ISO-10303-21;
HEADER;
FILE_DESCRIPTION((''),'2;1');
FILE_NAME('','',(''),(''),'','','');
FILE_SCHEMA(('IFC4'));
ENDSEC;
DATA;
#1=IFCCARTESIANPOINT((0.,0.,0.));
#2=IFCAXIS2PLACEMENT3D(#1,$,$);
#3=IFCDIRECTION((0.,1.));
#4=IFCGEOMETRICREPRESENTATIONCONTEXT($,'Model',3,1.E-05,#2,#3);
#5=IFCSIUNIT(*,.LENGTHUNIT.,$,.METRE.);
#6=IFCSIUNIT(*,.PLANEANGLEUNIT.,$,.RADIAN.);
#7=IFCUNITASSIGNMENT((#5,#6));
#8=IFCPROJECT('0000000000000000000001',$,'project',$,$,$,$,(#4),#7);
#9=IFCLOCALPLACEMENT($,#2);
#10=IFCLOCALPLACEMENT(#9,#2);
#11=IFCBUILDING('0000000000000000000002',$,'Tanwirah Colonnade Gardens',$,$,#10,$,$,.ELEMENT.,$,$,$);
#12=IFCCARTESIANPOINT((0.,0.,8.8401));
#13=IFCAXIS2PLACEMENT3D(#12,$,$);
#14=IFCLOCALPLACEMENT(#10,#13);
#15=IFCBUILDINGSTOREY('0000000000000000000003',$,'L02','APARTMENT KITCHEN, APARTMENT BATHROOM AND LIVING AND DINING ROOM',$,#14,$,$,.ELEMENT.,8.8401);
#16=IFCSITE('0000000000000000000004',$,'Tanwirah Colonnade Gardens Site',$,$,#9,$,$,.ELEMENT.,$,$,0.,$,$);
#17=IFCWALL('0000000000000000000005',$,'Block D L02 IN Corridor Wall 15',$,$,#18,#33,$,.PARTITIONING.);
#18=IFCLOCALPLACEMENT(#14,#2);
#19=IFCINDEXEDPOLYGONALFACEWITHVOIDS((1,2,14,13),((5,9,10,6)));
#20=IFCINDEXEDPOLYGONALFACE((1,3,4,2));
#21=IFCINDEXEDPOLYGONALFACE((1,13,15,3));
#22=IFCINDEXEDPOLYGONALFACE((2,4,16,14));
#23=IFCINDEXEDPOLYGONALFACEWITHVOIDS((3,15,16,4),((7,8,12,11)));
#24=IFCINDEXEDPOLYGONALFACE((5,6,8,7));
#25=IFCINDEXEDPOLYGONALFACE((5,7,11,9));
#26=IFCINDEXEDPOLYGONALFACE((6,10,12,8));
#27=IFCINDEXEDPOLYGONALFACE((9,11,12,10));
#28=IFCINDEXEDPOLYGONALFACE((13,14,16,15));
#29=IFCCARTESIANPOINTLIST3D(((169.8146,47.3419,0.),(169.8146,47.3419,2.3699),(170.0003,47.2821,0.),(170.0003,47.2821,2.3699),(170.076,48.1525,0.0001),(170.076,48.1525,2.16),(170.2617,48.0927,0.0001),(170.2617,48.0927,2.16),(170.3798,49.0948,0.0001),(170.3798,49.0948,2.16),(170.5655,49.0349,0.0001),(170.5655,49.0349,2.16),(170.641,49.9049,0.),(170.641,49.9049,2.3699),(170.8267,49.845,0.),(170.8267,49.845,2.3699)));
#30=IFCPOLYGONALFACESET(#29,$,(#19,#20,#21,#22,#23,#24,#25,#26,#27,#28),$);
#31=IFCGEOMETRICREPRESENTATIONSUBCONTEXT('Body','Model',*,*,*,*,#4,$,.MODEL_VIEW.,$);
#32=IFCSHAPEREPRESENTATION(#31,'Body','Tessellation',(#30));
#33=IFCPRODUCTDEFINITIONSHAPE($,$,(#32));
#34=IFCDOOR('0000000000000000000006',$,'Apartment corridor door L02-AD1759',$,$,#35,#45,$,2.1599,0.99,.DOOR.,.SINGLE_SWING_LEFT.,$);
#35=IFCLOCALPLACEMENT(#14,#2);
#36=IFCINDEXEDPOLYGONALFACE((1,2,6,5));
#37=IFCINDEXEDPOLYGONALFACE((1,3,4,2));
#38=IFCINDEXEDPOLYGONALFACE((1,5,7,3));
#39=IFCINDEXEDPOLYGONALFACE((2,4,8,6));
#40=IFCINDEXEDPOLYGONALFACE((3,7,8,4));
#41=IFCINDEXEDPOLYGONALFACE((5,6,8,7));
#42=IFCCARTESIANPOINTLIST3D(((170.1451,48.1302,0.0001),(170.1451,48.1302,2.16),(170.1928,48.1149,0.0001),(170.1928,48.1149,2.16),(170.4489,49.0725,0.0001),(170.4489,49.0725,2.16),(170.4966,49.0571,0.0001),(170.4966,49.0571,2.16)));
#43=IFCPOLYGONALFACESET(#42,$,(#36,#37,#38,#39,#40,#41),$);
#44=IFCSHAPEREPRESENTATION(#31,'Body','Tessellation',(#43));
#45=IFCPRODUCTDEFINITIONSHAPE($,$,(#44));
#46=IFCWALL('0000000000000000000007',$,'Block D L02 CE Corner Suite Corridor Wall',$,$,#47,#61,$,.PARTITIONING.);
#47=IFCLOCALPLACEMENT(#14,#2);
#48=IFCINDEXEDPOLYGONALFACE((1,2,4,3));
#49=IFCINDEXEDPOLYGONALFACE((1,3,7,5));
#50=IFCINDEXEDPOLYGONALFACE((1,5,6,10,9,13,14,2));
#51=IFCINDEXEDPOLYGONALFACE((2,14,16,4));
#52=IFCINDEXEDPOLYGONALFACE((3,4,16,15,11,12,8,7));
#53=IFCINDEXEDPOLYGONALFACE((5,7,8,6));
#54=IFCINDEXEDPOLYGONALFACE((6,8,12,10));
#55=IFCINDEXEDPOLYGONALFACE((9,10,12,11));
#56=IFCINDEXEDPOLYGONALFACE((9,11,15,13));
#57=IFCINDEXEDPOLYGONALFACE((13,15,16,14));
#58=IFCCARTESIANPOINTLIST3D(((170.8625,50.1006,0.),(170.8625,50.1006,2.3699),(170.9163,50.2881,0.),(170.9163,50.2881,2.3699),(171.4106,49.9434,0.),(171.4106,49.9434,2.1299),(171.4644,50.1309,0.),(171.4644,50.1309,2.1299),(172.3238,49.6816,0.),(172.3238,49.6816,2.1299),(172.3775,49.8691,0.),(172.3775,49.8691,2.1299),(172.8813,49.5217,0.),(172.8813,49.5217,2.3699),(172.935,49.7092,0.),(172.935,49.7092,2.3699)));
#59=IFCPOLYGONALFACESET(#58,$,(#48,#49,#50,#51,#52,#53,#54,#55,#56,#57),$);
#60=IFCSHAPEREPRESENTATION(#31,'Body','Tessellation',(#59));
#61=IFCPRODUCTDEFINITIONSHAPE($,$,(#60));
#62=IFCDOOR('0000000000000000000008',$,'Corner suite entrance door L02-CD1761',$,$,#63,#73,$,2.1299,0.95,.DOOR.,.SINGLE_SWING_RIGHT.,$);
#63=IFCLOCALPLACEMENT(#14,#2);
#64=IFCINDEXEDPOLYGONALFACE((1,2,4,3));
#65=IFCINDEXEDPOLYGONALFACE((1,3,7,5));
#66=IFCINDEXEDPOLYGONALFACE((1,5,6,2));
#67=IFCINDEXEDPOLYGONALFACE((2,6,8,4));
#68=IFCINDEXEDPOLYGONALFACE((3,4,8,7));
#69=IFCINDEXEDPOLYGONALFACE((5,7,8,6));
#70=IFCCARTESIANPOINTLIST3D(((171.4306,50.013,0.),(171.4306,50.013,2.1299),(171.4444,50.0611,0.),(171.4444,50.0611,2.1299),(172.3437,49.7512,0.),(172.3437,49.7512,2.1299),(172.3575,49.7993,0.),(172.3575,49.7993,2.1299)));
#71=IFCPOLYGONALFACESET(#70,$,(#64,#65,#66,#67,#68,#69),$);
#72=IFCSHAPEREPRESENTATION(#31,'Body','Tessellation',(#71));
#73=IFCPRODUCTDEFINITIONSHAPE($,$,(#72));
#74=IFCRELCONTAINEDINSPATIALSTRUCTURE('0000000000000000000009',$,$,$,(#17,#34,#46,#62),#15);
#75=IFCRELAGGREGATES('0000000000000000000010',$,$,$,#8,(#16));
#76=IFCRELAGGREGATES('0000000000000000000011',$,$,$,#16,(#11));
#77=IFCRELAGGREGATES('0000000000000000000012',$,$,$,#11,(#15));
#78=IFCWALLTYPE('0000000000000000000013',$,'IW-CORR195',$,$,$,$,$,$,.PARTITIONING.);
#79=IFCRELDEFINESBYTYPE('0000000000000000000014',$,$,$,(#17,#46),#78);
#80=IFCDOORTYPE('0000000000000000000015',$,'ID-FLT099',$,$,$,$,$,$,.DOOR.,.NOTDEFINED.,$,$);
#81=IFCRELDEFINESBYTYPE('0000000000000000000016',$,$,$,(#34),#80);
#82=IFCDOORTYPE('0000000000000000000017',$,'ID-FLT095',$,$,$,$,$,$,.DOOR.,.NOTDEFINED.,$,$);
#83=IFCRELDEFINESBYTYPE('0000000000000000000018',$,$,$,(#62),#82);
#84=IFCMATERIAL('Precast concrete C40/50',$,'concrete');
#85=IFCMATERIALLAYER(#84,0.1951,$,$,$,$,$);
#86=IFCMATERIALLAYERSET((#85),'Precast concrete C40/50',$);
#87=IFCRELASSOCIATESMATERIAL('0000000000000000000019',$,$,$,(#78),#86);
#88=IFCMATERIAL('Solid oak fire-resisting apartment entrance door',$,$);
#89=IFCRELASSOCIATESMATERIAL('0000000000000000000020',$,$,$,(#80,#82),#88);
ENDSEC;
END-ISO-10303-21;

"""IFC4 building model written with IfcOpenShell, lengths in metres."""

from ifc_helpers import new_model, si_unit, direction, frame, frame_2d, origin, place, context, subcontext, project, spatial, rectangle, extrude, material, layer, layer_set, type_object, element, fill, save


model = new_model("IFC4")

# Units and contexts
model_context = context("Model", 3, precision=1e-05, world=origin(), true_north=direction((0.0, 1.0)))
body_context = subcontext(model_context, "Body", "Model", "MODEL_VIEW")
ifc_project = project(units=[si_unit("LENGTHUNIT", "METRE"), si_unit("PLANEANGLEUNIT", "RADIAN")], contexts=[model_context])

# Site, building, storey
site_placement = place(None, origin())
site = spatial("IfcSite", under=ifc_project, at=site_placement, Name="Tanwirah Colonnade Gardens Site", CompositionType="ELEMENT", RefElevation=0.0)
building_placement = place(site_placement, origin())
building = spatial("IfcBuilding", under=site, at=building_placement, Name="Tanwirah Colonnade Gardens", CompositionType="ELEMENT")
storey_placement = place(building_placement, frame((0.0, 0.0, 8.8401)))
storey = spatial("IfcBuildingStorey", under=building, at=storey_placement, Name="L02", Description="APARTMENT KITCHEN, APARTMENT BATHROOM AND LIVING AND DINING ROOM", CompositionType="ELEMENT", Elevation=8.8401)

# Shared definitions
ifc_material_1 = material(Name="Precast concrete C40/50", Category="concrete")

# Walls, openings, doors
ifc_layer_1 = layer(ifc_material_1, 0.1951)
ifc_layer_set_1 = layer_set([ifc_layer_1], Name="Precast concrete C40/50")
wall_type_1 = type_object("IfcWallType", Name="IW-CORR195", PredefinedType="PARTITIONING", material=ifc_layer_set_1)
wall_1_placement = place(storey_placement, frame((169.9075, 47.312, 0.0), z_axis=(0.0, 0.0, 1.0), x_axis=(0.306884, 0.951747, 0.0)))
wall_1 = element("IfcWall", 1, at=wall_1_placement, inside=storey, type_object=wall_type_1, Name="Block D L02 IN Corridor Wall 15", PredefinedType="PARTITIONING", context=body_context, shape_type="SweptSolid", body=[
    extrude(rectangle(XDim=2.6929, YDim=0.1951, at=frame_2d((1.3464, 0.0))), origin(), (0.0, 0.0, 1.0), 2.3699),
])
opening_1_placement = place(wall_1_placement, frame((0.8516, 0.0, 0.0)))
opening_1 = element("IfcOpeningElement", 2, at=opening_1_placement, cuts=wall_1, PredefinedType="OPENING", context=body_context, shape_type="SweptSolid", body=[
    extrude(rectangle(XDim=0.99, YDim=2.1599, at=frame_2d((0.4951, 1.0801))), frame((0.0, 0.1074, 0.0), z_axis=(0.0, -1.0, 0.0), x_axis=(1.0, 0.0, 0.0)), (0.0, 0.0, 1.0), 0.2151),
])
ifc_material_2 = material(Name="Solid oak fire-resisting apartment entrance door")
door_type_1 = type_object("IfcDoorType", Name="ID-FLT099", OperationType="NOTDEFINED", PredefinedType="DOOR", material=ifc_material_2)
door_1_placement = place(opening_1_placement, origin())
door_1 = element("IfcDoor", 3, at=door_1_placement, inside=storey, type_object=door_type_1, Name="Apartment corridor door L02-AD1759", OperationType="SINGLE_SWING_LEFT", OverallHeight=2.1599, OverallWidth=0.99, PredefinedType="DOOR", context=body_context, shape_type="SweptSolid", body=[
    extrude(rectangle(XDim=0.99, YDim=2.1599, at=frame_2d((0.4951, 1.0801))), frame((0.0, 0.0249, 0.0), z_axis=(0.0, -1.0, 0.0), x_axis=(1.0, 0.0, 0.0)), (0.0, 0.0, 1.0), 0.05),
])
fill(opening_1, door_1)
wall_2_placement = place(storey_placement, frame((170.8894, 50.1943, 0.0), z_axis=(0.0, 0.0, 1.0), x_axis=(0.961265, -0.275627, 0.0)))
wall_2 = element("IfcWall", 4, at=wall_2_placement, inside=storey, type_object=wall_type_1, Name="Block D L02 CE Corner Suite Corridor Wall", PredefinedType="PARTITIONING", context=body_context, shape_type="SweptSolid", body=[
    extrude(rectangle(XDim=2.1001, YDim=0.1951, at=frame_2d((1.05, 0.0))), origin(), (0.0, 0.0, 1.0), 2.3699),
])
opening_2_placement = place(wall_2_placement, frame((0.5701, 0.0, 0.0)))
opening_2 = element("IfcOpeningElement", 5, at=opening_2_placement, cuts=wall_2, PredefinedType="OPENING", context=body_context, shape_type="SweptSolid", body=[
    extrude(rectangle(XDim=0.95, YDim=2.1299, at=frame_2d((0.4751, 1.0649))), frame((0.0, 0.1074, 0.0), z_axis=(0.0, -1.0, 0.0), x_axis=(1.0, 0.0, 0.0)), (0.0, 0.0, 1.0), 0.2151),
])
door_type_2 = type_object("IfcDoorType", Name="ID-FLT095", OperationType="NOTDEFINED", PredefinedType="DOOR", material=ifc_material_2)
door_2_placement = place(opening_2_placement, origin())
door_2 = element("IfcDoor", 6, at=door_2_placement, inside=storey, type_object=door_type_2, Name="Corner suite entrance door L02-CD1761", OperationType="SINGLE_SWING_RIGHT", OverallHeight=2.1299, OverallWidth=0.95, PredefinedType="DOOR", context=body_context, shape_type="SweptSolid", body=[
    extrude(rectangle(XDim=0.95, YDim=2.1299, at=frame_2d((0.4751, 1.0649))), frame((0.0, 0.0249, 0.0), z_axis=(0.0, -1.0, 0.0), x_axis=(1.0, 0.0, 0.0)), (0.0, 0.0, 1.0), 0.05),
])
fill(opening_2, door_2)

save(model, "model.ifc")
